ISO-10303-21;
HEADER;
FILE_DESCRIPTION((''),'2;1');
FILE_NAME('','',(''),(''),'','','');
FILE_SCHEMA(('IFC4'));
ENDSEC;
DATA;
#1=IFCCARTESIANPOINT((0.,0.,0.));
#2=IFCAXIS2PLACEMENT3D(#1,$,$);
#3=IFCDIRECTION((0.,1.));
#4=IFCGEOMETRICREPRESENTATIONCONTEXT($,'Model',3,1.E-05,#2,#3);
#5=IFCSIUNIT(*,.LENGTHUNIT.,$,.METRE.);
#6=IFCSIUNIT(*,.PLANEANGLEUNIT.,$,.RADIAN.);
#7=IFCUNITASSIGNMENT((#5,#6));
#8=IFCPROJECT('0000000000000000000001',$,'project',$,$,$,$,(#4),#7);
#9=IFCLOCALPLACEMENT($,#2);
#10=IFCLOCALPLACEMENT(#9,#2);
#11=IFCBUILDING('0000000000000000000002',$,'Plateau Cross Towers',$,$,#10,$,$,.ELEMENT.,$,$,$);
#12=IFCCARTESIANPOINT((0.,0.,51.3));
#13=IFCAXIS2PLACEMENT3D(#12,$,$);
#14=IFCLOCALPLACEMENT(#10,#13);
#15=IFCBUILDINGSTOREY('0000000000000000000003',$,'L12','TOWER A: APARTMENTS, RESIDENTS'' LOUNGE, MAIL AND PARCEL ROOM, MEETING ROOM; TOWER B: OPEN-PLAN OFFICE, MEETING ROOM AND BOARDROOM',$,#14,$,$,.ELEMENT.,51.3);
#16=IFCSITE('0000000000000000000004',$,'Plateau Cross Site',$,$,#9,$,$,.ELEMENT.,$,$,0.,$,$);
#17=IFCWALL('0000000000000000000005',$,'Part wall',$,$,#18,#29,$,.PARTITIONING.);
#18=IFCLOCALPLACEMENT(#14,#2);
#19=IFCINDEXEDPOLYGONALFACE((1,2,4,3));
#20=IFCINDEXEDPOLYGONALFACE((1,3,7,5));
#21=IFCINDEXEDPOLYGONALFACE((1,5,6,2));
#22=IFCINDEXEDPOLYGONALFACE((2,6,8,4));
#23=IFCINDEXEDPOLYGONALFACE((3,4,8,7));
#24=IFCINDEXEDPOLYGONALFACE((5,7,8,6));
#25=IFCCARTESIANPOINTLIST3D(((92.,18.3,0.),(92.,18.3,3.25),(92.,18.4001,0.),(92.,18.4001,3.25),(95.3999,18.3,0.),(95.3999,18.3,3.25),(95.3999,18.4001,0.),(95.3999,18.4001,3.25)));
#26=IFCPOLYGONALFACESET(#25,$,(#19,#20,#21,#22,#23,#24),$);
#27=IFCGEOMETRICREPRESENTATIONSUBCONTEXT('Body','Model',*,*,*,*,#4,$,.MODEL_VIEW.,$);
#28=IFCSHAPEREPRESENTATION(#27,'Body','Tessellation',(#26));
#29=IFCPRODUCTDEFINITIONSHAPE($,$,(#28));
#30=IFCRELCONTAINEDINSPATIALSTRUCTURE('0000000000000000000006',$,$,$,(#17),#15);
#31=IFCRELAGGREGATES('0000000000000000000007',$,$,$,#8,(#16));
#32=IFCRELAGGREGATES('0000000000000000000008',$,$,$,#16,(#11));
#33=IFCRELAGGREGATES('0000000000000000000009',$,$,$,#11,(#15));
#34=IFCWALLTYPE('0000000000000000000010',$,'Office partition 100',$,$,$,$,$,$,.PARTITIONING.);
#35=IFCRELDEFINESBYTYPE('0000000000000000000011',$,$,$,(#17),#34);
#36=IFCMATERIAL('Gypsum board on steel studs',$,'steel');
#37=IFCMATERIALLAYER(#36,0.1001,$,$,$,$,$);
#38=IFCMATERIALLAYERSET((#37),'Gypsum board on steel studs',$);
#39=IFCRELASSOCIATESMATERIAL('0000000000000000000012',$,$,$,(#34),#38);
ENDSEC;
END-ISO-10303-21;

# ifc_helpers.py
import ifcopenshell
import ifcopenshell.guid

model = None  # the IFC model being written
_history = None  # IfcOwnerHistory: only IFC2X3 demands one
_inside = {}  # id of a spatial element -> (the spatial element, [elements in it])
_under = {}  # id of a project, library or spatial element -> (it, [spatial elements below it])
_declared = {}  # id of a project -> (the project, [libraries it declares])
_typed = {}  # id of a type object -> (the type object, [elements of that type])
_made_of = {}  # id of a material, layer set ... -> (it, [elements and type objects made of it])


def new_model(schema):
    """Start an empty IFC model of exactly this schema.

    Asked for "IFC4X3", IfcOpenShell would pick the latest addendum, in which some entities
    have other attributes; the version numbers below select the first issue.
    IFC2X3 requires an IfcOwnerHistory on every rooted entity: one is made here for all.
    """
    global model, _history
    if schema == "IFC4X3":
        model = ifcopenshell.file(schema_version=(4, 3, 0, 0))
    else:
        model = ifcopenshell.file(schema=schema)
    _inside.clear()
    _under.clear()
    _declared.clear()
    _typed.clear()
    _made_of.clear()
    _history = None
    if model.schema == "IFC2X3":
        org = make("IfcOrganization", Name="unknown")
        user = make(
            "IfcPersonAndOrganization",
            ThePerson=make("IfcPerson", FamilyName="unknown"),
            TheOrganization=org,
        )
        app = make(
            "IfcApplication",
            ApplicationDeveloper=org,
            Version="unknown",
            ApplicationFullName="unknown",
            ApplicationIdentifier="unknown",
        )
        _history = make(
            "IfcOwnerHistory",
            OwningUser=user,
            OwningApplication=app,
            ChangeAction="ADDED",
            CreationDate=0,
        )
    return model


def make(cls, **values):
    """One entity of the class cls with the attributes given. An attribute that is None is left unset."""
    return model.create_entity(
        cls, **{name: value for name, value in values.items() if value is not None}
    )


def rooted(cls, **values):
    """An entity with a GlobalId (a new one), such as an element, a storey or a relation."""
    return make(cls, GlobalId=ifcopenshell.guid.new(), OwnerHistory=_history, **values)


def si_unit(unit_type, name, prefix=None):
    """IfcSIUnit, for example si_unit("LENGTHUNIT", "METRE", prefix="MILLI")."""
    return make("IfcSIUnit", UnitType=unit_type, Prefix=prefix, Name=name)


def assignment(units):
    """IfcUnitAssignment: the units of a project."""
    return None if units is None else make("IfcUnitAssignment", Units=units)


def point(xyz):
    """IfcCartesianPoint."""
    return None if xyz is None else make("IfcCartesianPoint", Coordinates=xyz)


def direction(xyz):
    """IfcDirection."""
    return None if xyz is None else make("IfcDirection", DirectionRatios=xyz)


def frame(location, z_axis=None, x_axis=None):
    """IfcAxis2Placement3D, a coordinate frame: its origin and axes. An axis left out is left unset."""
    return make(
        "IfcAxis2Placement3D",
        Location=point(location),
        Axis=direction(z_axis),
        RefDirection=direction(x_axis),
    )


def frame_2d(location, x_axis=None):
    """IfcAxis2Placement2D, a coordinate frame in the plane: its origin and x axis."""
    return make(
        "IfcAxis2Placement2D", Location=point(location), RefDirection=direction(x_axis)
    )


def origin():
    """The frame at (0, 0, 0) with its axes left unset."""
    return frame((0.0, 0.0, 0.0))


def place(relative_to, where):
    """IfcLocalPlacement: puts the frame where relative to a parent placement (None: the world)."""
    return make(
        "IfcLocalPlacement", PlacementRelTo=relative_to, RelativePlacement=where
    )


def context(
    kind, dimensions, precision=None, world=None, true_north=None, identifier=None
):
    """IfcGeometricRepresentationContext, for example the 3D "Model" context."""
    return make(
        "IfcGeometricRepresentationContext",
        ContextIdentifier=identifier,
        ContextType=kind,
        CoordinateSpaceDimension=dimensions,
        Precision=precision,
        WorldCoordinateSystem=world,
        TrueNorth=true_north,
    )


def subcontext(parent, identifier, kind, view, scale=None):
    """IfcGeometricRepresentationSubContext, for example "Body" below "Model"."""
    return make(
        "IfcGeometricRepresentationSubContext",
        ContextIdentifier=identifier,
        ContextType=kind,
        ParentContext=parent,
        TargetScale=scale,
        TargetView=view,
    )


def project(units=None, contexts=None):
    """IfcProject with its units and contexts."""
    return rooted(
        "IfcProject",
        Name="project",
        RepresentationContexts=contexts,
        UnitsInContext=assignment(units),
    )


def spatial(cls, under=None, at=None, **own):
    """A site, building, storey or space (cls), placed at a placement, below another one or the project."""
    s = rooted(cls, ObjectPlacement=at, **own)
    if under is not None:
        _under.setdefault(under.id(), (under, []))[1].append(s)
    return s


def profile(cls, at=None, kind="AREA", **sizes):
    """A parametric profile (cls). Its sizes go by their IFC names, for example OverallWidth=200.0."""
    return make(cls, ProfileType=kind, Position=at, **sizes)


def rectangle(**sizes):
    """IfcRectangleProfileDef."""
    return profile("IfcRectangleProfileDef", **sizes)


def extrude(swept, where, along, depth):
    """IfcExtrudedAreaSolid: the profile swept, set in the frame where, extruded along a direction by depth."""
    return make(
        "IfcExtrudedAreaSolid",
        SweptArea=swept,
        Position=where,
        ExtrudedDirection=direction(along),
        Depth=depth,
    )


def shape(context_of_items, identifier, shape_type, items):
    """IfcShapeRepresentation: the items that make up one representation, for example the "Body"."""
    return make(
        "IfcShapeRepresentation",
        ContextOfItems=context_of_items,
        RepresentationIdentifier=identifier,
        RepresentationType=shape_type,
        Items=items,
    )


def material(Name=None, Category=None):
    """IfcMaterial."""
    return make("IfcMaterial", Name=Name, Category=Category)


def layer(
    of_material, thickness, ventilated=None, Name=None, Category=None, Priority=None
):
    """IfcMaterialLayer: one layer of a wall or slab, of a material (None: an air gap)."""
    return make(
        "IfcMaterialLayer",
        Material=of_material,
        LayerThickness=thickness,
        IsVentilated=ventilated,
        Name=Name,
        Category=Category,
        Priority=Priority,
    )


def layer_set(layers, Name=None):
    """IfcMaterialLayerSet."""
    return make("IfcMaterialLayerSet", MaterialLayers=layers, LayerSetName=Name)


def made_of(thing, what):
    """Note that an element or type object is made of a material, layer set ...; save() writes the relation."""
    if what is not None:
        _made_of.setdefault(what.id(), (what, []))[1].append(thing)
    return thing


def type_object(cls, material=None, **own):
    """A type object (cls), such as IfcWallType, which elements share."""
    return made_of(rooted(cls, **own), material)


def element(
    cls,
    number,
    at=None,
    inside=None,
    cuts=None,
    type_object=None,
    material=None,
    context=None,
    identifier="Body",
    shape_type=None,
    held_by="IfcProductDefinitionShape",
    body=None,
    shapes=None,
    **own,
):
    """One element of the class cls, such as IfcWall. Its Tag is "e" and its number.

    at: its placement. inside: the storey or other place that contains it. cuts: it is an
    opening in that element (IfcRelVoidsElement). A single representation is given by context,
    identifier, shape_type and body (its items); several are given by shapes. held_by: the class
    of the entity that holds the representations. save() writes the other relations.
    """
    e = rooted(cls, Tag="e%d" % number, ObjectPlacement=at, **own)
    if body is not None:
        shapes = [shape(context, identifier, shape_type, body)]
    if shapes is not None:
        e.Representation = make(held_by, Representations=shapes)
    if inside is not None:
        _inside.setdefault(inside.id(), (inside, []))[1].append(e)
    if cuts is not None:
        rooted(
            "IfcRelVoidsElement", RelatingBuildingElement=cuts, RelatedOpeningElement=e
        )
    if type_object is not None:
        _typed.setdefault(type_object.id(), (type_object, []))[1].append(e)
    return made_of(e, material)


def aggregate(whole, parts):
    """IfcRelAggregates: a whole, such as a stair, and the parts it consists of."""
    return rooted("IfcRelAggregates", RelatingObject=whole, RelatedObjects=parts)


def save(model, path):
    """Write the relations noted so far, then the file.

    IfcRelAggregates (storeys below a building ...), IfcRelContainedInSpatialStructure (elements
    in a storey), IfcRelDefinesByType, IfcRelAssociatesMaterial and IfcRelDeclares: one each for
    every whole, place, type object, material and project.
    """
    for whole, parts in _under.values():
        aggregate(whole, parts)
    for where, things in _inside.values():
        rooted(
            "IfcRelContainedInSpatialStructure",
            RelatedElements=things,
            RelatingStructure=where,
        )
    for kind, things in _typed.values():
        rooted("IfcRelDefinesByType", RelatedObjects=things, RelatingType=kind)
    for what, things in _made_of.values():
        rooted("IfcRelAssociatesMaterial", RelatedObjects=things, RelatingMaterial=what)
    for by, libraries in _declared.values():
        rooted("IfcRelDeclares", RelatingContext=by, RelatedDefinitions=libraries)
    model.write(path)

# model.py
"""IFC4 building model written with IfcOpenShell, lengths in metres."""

from ifc_helpers import new_model, si_unit, direction, frame, frame_2d, origin, place, context, subcontext, project, spatial, rectangle, extrude, material, layer, layer_set, type_object, element, save


model = new_model("IFC4")

# Units and contexts
model_context = context("Model", 3, precision=1e-05, world=origin(), true_north=direction((0.0, 1.0)))
body_context = subcontext(model_context, "Body", "Model", "MODEL_VIEW")
ifc_project = project(units=[si_unit("LENGTHUNIT", "METRE"), si_unit("PLANEANGLEUNIT", "RADIAN")], contexts=[model_context])

# Site, building, storey
site_placement = place(None, origin())
site = spatial("IfcSite", under=ifc_project, at=site_placement, Name="Plateau Cross Site", CompositionType="ELEMENT", RefElevation=0.0)
building_placement = place(site_placement, origin())
building = spatial("IfcBuilding", under=site, at=building_placement, Name="Plateau Cross Towers", CompositionType="ELEMENT")
storey_placement = place(building_placement, frame((0.0, 0.0, 51.3)))
storey = spatial("IfcBuildingStorey", under=building, at=storey_placement, Name="L12", Description="TOWER A: APARTMENTS, RESIDENTS' LOUNGE, MAIL AND PARCEL ROOM, MEETING ROOM; TOWER B: OPEN-PLAN OFFICE, MEETING ROOM AND BOARDROOM", CompositionType="ELEMENT", Elevation=51.3)

# Wall
ifc_material_1 = material(Name="Gypsum board on steel studs", Category="steel")
ifc_layer_1 = layer(ifc_material_1, 0.1001)
ifc_layer_set_1 = layer_set([ifc_layer_1], Name="Gypsum board on steel studs")
wall_type_1 = type_object("IfcWallType", Name="Office partition 100", PredefinedType="PARTITIONING", material=ifc_layer_set_1)
wall_1_placement = place(storey_placement, frame((92.0, 18.3501, 0.0), z_axis=(0.0, 0.0, 1.0), x_axis=(1.0, 0.0, 0.0)))
element("IfcWall", 1, at=wall_1_placement, inside=storey, type_object=wall_type_1, Name="Part wall", PredefinedType="PARTITIONING", context=body_context, shape_type="SweptSolid", body=[
    extrude(rectangle(XDim=3.3999, YDim=0.1001, at=frame_2d((1.7, 0.0))), origin(), (0.0, 0.0, 1.0), 3.25),
])

save(model, "model.ifc")
